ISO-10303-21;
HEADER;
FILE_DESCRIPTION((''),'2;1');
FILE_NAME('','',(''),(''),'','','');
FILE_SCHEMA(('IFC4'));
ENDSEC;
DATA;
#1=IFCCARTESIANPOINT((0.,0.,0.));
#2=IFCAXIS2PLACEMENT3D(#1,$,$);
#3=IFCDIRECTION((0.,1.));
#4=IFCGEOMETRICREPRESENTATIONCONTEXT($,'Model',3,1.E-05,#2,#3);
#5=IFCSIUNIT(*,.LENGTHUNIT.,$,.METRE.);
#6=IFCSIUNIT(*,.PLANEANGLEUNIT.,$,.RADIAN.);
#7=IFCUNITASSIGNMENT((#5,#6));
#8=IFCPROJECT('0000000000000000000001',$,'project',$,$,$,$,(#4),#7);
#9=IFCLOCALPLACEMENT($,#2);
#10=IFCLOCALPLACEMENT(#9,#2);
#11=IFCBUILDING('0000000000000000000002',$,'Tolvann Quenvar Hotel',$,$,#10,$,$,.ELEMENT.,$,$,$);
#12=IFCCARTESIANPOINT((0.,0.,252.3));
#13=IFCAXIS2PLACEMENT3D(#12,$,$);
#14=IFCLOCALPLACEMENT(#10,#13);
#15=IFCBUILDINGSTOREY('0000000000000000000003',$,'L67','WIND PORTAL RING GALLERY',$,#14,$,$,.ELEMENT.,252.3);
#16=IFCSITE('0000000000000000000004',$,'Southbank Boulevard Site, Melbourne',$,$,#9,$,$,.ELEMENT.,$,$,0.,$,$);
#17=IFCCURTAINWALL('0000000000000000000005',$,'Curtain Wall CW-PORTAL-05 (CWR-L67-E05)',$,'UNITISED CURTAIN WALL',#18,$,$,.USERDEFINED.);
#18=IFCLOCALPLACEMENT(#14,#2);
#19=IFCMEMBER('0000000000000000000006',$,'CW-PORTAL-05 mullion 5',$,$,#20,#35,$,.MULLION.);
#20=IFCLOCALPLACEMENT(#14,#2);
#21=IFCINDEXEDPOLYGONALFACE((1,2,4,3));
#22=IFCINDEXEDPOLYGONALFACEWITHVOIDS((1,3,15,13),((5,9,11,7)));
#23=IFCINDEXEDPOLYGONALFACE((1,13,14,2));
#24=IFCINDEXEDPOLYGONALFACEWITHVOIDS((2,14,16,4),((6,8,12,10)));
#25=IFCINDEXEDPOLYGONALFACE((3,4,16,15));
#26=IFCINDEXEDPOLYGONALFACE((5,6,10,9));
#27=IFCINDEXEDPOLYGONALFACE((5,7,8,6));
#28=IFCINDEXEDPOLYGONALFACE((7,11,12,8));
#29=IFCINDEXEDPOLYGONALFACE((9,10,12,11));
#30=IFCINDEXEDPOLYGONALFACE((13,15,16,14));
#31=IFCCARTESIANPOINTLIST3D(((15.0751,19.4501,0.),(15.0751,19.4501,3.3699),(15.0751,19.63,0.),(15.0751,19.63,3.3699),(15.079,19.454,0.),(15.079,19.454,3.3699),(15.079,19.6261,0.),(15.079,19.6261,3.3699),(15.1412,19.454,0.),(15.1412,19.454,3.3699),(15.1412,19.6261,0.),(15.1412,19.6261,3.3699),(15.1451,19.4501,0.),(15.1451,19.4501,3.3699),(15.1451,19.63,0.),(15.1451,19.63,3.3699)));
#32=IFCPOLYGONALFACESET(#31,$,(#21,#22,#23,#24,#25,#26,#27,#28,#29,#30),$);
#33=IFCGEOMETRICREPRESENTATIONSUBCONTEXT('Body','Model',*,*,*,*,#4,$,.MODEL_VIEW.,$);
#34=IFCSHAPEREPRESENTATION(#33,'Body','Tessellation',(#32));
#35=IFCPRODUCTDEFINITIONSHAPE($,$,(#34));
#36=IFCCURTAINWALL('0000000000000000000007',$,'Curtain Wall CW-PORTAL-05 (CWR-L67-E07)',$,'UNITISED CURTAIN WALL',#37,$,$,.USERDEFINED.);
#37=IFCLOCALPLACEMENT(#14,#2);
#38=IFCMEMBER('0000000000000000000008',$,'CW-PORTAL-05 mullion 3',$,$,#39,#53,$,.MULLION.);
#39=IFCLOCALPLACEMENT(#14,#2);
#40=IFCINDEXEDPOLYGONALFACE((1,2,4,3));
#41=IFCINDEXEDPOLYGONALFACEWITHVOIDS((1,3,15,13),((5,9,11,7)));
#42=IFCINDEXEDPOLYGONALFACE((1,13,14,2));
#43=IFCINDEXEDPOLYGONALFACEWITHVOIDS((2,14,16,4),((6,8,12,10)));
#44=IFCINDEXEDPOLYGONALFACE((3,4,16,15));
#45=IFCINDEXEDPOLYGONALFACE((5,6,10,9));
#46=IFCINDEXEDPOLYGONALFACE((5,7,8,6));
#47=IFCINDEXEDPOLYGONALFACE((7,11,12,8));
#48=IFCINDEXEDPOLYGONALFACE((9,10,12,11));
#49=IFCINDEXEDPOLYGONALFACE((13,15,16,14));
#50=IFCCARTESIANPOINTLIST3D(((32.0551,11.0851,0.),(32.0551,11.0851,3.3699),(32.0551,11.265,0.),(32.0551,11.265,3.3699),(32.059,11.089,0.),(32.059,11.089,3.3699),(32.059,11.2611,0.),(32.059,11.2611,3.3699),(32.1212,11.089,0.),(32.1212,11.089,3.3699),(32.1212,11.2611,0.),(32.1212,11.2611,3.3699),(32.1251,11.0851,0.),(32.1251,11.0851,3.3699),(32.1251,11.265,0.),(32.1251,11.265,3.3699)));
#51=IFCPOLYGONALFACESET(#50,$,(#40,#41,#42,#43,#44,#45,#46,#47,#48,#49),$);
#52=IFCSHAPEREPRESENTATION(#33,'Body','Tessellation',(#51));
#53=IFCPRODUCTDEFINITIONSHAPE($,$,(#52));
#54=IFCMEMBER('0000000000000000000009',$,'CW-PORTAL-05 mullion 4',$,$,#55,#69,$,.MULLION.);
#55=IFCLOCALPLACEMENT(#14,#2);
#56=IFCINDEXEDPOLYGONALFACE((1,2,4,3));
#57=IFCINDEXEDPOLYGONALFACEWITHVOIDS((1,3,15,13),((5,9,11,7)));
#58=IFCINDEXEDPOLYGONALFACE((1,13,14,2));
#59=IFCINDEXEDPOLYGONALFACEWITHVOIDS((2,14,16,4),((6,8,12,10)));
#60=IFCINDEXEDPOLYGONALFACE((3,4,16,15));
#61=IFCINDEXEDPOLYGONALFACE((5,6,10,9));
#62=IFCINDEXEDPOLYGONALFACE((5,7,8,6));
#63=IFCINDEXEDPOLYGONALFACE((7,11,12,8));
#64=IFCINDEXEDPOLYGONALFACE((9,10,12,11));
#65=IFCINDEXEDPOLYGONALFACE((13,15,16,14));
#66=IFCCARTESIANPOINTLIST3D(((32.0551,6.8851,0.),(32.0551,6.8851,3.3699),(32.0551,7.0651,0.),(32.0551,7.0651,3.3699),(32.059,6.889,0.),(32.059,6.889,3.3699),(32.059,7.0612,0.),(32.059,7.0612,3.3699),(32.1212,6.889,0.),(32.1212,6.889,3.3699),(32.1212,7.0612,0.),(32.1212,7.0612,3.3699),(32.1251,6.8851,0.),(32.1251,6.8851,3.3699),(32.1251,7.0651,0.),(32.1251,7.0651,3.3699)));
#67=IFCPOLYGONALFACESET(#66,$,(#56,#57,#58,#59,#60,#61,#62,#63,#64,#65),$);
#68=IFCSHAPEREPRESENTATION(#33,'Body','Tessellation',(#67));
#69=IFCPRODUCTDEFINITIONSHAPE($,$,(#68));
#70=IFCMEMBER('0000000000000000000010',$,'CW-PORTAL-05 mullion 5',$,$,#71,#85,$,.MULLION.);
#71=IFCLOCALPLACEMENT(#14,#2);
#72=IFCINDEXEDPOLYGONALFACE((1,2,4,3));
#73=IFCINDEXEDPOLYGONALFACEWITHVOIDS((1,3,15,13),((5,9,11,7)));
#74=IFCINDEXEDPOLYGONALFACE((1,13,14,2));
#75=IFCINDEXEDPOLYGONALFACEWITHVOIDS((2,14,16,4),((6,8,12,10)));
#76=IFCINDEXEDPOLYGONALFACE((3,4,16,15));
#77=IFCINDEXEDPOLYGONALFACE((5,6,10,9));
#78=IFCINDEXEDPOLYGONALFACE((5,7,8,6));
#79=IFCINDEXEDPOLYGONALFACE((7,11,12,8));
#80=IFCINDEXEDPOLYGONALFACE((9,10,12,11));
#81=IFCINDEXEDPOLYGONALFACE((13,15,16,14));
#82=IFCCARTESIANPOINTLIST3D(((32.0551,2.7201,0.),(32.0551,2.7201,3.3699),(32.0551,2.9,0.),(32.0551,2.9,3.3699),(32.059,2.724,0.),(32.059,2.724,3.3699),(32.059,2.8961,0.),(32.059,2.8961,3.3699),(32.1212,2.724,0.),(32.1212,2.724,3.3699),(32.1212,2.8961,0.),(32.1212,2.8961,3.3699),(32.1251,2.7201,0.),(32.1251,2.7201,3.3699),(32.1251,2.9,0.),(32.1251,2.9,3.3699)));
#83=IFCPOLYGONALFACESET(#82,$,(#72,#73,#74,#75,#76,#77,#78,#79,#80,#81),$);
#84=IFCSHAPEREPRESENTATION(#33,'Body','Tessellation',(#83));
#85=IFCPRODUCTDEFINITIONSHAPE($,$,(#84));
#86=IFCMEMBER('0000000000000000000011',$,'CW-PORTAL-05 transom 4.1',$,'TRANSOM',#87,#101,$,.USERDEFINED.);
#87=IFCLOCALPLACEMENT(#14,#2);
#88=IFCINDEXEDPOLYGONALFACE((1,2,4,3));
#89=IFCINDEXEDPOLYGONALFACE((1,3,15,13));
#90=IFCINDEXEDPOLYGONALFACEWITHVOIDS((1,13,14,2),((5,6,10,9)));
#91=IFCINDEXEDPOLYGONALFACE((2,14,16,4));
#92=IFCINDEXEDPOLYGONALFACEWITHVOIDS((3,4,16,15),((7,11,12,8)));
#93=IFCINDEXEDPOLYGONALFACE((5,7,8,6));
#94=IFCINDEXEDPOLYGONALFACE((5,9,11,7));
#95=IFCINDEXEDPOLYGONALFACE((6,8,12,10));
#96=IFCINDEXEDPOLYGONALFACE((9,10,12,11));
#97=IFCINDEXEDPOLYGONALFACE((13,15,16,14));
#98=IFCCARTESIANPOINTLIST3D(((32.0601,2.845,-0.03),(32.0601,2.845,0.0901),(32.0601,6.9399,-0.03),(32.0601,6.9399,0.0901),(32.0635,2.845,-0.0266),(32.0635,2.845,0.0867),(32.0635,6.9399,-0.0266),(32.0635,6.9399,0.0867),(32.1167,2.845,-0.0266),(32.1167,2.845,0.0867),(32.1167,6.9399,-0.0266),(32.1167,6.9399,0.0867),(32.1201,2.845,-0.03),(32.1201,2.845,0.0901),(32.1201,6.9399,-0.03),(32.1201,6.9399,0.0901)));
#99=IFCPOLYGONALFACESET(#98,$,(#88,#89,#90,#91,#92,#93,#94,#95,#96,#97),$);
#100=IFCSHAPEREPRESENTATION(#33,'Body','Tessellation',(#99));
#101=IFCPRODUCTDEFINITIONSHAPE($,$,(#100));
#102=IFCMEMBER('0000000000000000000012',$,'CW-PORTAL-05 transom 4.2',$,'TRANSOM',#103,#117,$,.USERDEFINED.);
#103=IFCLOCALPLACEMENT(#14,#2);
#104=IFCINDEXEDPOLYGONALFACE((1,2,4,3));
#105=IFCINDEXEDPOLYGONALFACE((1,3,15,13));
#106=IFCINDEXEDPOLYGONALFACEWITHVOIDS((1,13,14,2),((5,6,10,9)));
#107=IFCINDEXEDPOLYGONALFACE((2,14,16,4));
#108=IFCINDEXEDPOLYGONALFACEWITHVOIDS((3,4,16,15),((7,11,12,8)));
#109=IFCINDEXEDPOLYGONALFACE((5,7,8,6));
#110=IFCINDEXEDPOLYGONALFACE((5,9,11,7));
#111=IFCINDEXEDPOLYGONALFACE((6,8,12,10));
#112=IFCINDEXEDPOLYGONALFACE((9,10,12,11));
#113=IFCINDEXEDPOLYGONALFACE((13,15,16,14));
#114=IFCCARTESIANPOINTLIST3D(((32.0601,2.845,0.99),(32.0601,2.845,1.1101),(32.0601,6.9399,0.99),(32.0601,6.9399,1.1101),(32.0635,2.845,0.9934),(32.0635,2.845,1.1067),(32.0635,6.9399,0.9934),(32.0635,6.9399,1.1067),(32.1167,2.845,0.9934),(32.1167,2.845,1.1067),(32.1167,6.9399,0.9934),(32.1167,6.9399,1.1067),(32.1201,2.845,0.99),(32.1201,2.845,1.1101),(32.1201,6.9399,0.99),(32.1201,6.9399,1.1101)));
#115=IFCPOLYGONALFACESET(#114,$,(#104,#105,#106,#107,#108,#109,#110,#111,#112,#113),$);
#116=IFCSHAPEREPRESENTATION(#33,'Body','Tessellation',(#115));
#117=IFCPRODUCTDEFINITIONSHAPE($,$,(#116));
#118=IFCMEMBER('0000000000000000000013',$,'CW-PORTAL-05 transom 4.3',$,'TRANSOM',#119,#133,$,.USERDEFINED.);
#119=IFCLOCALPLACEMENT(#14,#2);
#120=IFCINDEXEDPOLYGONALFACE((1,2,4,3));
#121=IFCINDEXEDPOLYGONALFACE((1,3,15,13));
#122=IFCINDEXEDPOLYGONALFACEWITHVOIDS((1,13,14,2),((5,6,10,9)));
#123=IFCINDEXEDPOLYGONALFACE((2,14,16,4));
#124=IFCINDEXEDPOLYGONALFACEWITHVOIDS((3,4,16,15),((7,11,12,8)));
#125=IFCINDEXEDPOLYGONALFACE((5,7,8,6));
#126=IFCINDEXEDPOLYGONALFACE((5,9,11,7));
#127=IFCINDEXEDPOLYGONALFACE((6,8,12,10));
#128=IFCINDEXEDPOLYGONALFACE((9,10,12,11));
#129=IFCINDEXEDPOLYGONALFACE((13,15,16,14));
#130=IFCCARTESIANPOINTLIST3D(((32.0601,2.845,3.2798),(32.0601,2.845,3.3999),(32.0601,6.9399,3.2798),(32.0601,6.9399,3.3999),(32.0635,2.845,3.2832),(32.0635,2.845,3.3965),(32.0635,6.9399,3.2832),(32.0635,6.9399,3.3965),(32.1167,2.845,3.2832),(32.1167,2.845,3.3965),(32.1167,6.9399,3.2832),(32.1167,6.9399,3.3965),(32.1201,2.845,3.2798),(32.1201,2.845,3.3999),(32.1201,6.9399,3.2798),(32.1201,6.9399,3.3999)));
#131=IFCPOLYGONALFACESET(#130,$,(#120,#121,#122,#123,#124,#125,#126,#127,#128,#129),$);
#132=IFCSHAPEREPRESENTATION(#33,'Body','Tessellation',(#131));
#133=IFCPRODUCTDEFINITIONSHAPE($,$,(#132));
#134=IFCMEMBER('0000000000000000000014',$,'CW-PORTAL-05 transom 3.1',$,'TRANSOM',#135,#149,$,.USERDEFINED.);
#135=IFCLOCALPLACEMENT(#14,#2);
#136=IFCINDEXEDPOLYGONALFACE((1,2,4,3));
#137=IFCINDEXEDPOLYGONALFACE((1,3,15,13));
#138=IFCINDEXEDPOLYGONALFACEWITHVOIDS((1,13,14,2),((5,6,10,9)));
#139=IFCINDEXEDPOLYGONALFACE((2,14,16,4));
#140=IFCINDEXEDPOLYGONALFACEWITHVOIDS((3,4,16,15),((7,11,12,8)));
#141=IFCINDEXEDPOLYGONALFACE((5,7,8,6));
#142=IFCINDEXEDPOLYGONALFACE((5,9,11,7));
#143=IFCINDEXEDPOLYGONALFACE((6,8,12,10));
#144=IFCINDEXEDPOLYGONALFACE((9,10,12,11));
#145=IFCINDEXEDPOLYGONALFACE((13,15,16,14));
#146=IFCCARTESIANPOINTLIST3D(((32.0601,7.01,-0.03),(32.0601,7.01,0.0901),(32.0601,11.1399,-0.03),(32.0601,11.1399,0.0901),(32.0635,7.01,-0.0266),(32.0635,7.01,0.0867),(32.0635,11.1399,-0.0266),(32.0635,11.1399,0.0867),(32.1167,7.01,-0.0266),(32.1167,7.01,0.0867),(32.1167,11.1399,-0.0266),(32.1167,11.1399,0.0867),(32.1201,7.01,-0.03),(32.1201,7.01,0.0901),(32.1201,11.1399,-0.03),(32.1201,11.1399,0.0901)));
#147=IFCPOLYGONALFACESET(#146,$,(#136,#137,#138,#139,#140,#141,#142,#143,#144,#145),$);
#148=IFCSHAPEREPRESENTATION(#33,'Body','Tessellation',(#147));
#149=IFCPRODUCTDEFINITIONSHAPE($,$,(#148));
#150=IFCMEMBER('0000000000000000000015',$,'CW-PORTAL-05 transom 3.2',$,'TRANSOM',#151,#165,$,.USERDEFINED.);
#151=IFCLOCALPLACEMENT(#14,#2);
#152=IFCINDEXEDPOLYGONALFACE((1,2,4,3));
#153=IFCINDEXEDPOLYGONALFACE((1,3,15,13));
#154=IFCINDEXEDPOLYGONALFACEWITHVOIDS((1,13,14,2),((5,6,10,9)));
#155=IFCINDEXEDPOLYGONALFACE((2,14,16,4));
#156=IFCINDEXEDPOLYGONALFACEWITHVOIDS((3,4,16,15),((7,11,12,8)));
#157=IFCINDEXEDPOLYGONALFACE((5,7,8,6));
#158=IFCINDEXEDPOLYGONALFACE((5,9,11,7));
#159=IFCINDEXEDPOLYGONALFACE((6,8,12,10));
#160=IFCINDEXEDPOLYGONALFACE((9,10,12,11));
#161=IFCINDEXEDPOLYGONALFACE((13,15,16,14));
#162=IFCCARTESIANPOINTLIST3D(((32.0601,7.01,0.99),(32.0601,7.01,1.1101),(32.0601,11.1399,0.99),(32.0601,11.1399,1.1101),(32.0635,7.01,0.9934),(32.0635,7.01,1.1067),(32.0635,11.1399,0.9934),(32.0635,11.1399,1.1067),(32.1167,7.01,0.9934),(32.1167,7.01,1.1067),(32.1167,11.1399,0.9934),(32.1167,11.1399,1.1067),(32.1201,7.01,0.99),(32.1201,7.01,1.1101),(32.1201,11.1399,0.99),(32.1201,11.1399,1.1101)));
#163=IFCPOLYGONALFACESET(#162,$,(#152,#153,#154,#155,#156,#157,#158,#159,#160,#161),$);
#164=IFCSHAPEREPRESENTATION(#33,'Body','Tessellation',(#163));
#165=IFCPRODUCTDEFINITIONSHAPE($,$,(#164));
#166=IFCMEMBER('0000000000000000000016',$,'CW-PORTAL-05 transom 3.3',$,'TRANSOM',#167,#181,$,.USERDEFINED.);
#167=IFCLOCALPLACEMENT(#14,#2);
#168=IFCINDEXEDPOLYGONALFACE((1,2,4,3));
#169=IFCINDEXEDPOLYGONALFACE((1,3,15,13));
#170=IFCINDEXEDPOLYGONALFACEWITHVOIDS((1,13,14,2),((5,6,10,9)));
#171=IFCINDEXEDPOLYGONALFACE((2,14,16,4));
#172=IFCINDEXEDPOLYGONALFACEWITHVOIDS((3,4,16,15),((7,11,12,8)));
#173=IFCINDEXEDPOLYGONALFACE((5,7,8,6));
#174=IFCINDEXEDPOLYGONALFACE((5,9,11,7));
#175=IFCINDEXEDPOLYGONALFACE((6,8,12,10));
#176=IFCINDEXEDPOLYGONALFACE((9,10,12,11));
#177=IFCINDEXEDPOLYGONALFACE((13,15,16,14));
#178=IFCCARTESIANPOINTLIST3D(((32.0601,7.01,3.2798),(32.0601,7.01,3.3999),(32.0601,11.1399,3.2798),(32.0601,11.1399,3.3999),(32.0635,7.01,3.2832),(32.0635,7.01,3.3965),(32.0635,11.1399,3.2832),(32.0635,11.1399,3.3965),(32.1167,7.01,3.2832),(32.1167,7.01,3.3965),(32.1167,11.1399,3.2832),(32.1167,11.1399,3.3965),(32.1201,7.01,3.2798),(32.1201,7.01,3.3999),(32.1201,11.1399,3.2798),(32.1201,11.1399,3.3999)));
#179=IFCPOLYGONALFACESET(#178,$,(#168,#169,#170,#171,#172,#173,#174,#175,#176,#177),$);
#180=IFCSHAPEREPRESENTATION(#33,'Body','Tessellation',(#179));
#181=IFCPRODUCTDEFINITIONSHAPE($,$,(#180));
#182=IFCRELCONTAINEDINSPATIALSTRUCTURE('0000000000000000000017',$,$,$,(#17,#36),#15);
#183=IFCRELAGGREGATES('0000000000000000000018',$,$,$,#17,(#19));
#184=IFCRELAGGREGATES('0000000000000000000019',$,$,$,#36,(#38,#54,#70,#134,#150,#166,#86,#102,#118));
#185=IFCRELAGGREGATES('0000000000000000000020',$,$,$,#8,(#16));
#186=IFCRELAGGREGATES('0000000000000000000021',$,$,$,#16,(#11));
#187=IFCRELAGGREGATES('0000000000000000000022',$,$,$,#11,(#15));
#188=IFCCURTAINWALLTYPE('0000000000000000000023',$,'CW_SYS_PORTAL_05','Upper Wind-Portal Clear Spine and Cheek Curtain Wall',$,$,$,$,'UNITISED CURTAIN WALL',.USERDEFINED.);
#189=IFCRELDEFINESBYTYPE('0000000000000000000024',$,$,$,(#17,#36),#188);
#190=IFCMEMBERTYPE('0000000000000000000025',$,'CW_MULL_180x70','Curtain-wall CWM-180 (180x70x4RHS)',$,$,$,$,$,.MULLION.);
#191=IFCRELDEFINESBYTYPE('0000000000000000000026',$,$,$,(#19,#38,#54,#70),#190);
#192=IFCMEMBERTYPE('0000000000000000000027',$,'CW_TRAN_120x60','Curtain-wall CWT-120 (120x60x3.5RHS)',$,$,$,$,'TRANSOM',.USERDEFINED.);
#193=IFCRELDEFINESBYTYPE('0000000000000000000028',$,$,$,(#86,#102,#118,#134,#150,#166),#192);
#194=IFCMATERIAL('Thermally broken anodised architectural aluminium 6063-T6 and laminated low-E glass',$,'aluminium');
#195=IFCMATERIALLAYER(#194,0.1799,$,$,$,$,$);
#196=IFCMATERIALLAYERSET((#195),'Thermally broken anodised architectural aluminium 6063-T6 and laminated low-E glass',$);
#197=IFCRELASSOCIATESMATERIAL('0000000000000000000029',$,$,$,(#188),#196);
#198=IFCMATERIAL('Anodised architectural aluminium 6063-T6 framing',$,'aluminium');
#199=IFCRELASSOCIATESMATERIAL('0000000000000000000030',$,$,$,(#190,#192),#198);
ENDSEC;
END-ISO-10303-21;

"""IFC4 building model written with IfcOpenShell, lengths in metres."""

from ifc_helpers import new_model, si_unit, direction, frame, origin, origin_2d, place, context, subcontext, project, spatial, hollow_rectangle, extrude, source, transform, mapped, material, layer, layer_set, material_profile, profile_set, type_object, type_shapes, element, aggregate, save


model = new_model("IFC4")

# Units and contexts
model_context = context("Model", 3, precision=1e-05, world=origin(), true_north=direction((0.0, 1.0)))
body_context = subcontext(model_context, "Body", "Model", "MODEL_VIEW")
ifc_project = project(units=[si_unit("LENGTHUNIT", "METRE"), si_unit("PLANEANGLEUNIT", "RADIAN")], contexts=[model_context])

# Site, building, storey
site_placement = place(None, origin())
site = spatial("IfcSite", under=ifc_project, at=site_placement, Name="Southbank Boulevard Site, Melbourne", CompositionType="ELEMENT", RefElevation=0.0)
building_placement = place(site_placement, origin())
building = spatial("IfcBuilding", under=site, at=building_placement, Name="Tolvann Quenvar Hotel", CompositionType="ELEMENT")
storey_placement = place(building_placement, frame((0.0, 0.0, 252.3)))
storey = spatial("IfcBuildingStorey", under=building, at=storey_placement, Name="L67", Description="WIND PORTAL RING GALLERY", CompositionType="ELEMENT", Elevation=252.3)

# Curtain wall, member
ifc_material_1 = material(Name="Thermally broken anodised architectural aluminium 6063-T6 and laminated low-E glass", Category="aluminium")
ifc_layer_1 = layer(ifc_material_1, 0.1799)
ifc_layer_set_1 = layer_set([ifc_layer_1], Name="Thermally broken anodised architectural aluminium 6063-T6 and laminated low-E glass")
curtain_wall_type = type_object("IfcCurtainWallType", Name="CW_SYS_PORTAL_05", Description="Upper Wind-Portal Clear Spine and Cheek Curtain Wall", ElementType="UNITISED CURTAIN WALL", PredefinedType="USERDEFINED", material=ifc_layer_set_1)
curtain_wall_1_placement = place(storey_placement, origin())
curtain_wall_1 = element("IfcCurtainWall", 1, at=curtain_wall_1_placement, inside=storey, type_object=curtain_wall_type, Name="Curtain Wall CW-PORTAL-05 (CWR-L67-E05)", ObjectType="UNITISED CURTAIN WALL", PredefinedType="USERDEFINED")
ifc_material_2 = material(Name="Anodised architectural aluminium 6063-T6 framing", Category="aluminium")
ifc_material_profile_1 = material_profile(ifc_material_2, hollow_rectangle(XDim=0.0701, YDim=0.1799, WallThickness=0.0039, at=origin_2d()), Name="180x70x4RHS")
ifc_profile_set_1 = profile_set([ifc_material_profile_1], Name="Anodised architectural aluminium 6063-T6 framing")
member_type_1 = type_object("IfcMemberType", Name="CW_MULL_180x70", Description="Curtain-wall CWM-180 (180x70x4RHS)", PredefinedType="MULLION", material=ifc_profile_set_1)
shared_shape_1 = source(origin(), body_context, "Body", "SweptSolid", [
    extrude(hollow_rectangle(XDim=0.0701, YDim=0.1799, WallThickness=0.0039, at=origin_2d()), origin(), (0.0, 0.0, 1.0), 3.3699),
])
type_shapes(member_type_1, [shared_shape_1])
member_1_placement = place(storey_placement, frame((15.1101, 19.54, 0.0), z_axis=(0.0, 0.0, 1.0), x_axis=(-1.0, 0.0, 0.0)))
member_1 = element("IfcMember", 2, at=member_1_placement, type_object=member_type_1, Name="CW-PORTAL-05 mullion 5", PredefinedType="MULLION", context=body_context, shape_type="MappedRepresentation", body=[
    mapped(shared_shape_1, transform((0.0, 0.0, 0.0), x_axis=(1.0, 0.0, 0.0), y_axis=(0.0, 1.0, 0.0), z_axis=(0.0, 0.0, 1.0), scale=1.0)),
])

# Curtain wall, members
curtain_wall_2_placement = place(storey_placement, origin())
curtain_wall_2 = element("IfcCurtainWall", 3, at=curtain_wall_2_placement, inside=storey, type_object=curtain_wall_type, Name="Curtain Wall CW-PORTAL-05 (CWR-L67-E07)", ObjectType="UNITISED CURTAIN WALL", PredefinedType="USERDEFINED")
member_2_placement = place(storey_placement, frame((32.0901, 11.175, 0.0), z_axis=(0.0, 0.0, 1.0), x_axis=(1.0, 0.0, 0.0)))
member_2 = element("IfcMember", 4, at=member_2_placement, type_object=member_type_1, Name="CW-PORTAL-05 mullion 3", PredefinedType="MULLION", context=body_context, shape_type="MappedRepresentation", body=[
    mapped(shared_shape_1, transform((0.0, 0.0, 0.0), x_axis=(1.0, 0.0, 0.0), y_axis=(0.0, 1.0, 0.0), z_axis=(0.0, 0.0, 1.0), scale=1.0)),
])
member_3_placement = place(storey_placement, frame((32.0901, 6.9751, 0.0), z_axis=(0.0, 0.0, 1.0), x_axis=(1.0, 0.0, 0.0)))
member_3 = element("IfcMember", 5, at=member_3_placement, type_object=member_type_1, Name="CW-PORTAL-05 mullion 4", PredefinedType="MULLION", context=body_context, shape_type="MappedRepresentation", body=[
    mapped(shared_shape_1, transform((0.0, 0.0, 0.0), x_axis=(1.0, 0.0, 0.0), y_axis=(0.0, 1.0, 0.0), z_axis=(0.0, 0.0, 1.0), scale=1.0)),
])
member_4_placement = place(storey_placement, frame((32.0901, 2.8101, 0.0), z_axis=(0.0, 0.0, 1.0), x_axis=(1.0, 0.0, 0.0)))
member_4 = element("IfcMember", 6, at=member_4_placement, type_object=member_type_1, Name="CW-PORTAL-05 mullion 5", PredefinedType="MULLION", context=body_context, shape_type="MappedRepresentation", body=[
    mapped(shared_shape_1, transform((0.0, 0.0, 0.0), x_axis=(1.0, 0.0, 0.0), y_axis=(0.0, 1.0, 0.0), z_axis=(0.0, 0.0, 1.0), scale=1.0)),
])
ifc_material_profile_2 = material_profile(ifc_material_2, hollow_rectangle(XDim=0.0601, YDim=0.1201, WallThickness=0.0034, at=origin_2d()), Name="120x60x3.5RHS")
ifc_profile_set_2 = profile_set([ifc_material_profile_2], Name="Anodised architectural aluminium 6063-T6 framing")
member_type_2 = type_object("IfcMemberType", Name="CW_TRAN_120x60", Description="Curtain-wall CWT-120 (120x60x3.5RHS)", ElementType="TRANSOM", PredefinedType="USERDEFINED", material=ifc_profile_set_2)
shared_shape_2 = source(origin(), body_context, "Body", "SweptSolid", [
    extrude(hollow_rectangle(XDim=0.0601, YDim=0.1201, WallThickness=0.0034, at=origin_2d()), origin(), (0.0, 0.0, 1.0), 4.095),
])
member_5_placement = place(storey_placement, frame((32.0901, 6.9399, 0.03), z_axis=(0.0, -1.0, 0.0), x_axis=(1.0, 0.0, 0.0)))
member_5 = element("IfcMember", 7, at=member_5_placement, type_object=member_type_2, Name="CW-PORTAL-05 transom 4.1", ObjectType="TRANSOM", PredefinedType="USERDEFINED", context=body_context, shape_type="MappedRepresentation", body=[
    mapped(shared_shape_2, transform((0.0, 0.0, 0.0), x_axis=(1.0, 0.0, 0.0), y_axis=(0.0, 1.0, 0.0), z_axis=(0.0, 0.0, 1.0), scale=1.0)),
])
member_6_placement = place(storey_placement, frame((32.0901, 6.9399, 1.05), z_axis=(0.0, -1.0, 0.0), x_axis=(1.0, 0.0, 0.0)))
member_6 = element("IfcMember", 8, at=member_6_placement, type_object=member_type_2, Name="CW-PORTAL-05 transom 4.2", ObjectType="TRANSOM", PredefinedType="USERDEFINED", context=body_context, shape_type="MappedRepresentation", body=[
    mapped(shared_shape_2, transform((0.0, 0.0, 0.0), x_axis=(1.0, 0.0, 0.0), y_axis=(0.0, 1.0, 0.0), z_axis=(0.0, 0.0, 1.0), scale=1.0)),
])
member_7_placement = place(storey_placement, frame((32.0901, 6.9399, 3.3398), z_axis=(0.0, -1.0, 0.0), x_axis=(1.0, 0.0, 0.0)))
member_7 = element("IfcMember", 9, at=member_7_placement, type_object=member_type_2, Name="CW-PORTAL-05 transom 4.3", ObjectType="TRANSOM", PredefinedType="USERDEFINED", context=body_context, shape_type="MappedRepresentation", body=[
    mapped(shared_shape_2, transform((0.0, 0.0, 0.0), x_axis=(1.0, 0.0, 0.0), y_axis=(0.0, 1.0, 0.0), z_axis=(0.0, 0.0, 1.0), scale=1.0)),
])
shared_shape_3 = source(origin(), body_context, "Body", "SweptSolid", [
    extrude(hollow_rectangle(XDim=0.0601, YDim=0.1201, WallThickness=0.0034, at=origin_2d()), origin(), (0.0, 0.0, 1.0), 4.1299),
])
type_shapes(member_type_2, [shared_shape_2, shared_shape_3])
member_8_placement = place(storey_placement, frame((32.0901, 11.1399, 0.03), z_axis=(0.0, -1.0, 0.0), x_axis=(1.0, 0.0, 0.0)))
member_8 = element("IfcMember", 10, at=member_8_placement, type_object=member_type_2, Name="CW-PORTAL-05 transom 3.1", ObjectType="TRANSOM", PredefinedType="USERDEFINED", context=body_context, shape_type="MappedRepresentation", body=[
    mapped(shared_shape_3, transform((0.0, 0.0, 0.0), x_axis=(1.0, 0.0, 0.0), y_axis=(0.0, 1.0, 0.0), z_axis=(0.0, 0.0, 1.0), scale=1.0)),
])
member_9_placement = place(storey_placement, frame((32.0901, 11.1399, 1.05), z_axis=(0.0, -1.0, 0.0), x_axis=(1.0, 0.0, 0.0)))
member_9 = element("IfcMember", 11, at=member_9_placement, type_object=member_type_2, Name="CW-PORTAL-05 transom 3.2", ObjectType="TRANSOM", PredefinedType="USERDEFINED", context=body_context, shape_type="MappedRepresentation", body=[
    mapped(shared_shape_3, transform((0.0, 0.0, 0.0), x_axis=(1.0, 0.0, 0.0), y_axis=(0.0, 1.0, 0.0), z_axis=(0.0, 0.0, 1.0), scale=1.0)),
])
member_10_placement = place(storey_placement, frame((32.0901, 11.1399, 3.3398), z_axis=(0.0, -1.0, 0.0), x_axis=(1.0, 0.0, 0.0)))
member_10 = element("IfcMember", 12, at=member_10_placement, type_object=member_type_2, Name="CW-PORTAL-05 transom 3.3", ObjectType="TRANSOM", PredefinedType="USERDEFINED", context=body_context, shape_type="MappedRepresentation", body=[
    mapped(shared_shape_3, transform((0.0, 0.0, 0.0), x_axis=(1.0, 0.0, 0.0), y_axis=(0.0, 1.0, 0.0), z_axis=(0.0, 0.0, 1.0), scale=1.0)),
])

aggregate(curtain_wall_1, [member_1])
aggregate(curtain_wall_2, [member_2, member_3, member_4, member_8, member_9, member_10, member_5, member_6, member_7])

save(model, "model.ifc")
